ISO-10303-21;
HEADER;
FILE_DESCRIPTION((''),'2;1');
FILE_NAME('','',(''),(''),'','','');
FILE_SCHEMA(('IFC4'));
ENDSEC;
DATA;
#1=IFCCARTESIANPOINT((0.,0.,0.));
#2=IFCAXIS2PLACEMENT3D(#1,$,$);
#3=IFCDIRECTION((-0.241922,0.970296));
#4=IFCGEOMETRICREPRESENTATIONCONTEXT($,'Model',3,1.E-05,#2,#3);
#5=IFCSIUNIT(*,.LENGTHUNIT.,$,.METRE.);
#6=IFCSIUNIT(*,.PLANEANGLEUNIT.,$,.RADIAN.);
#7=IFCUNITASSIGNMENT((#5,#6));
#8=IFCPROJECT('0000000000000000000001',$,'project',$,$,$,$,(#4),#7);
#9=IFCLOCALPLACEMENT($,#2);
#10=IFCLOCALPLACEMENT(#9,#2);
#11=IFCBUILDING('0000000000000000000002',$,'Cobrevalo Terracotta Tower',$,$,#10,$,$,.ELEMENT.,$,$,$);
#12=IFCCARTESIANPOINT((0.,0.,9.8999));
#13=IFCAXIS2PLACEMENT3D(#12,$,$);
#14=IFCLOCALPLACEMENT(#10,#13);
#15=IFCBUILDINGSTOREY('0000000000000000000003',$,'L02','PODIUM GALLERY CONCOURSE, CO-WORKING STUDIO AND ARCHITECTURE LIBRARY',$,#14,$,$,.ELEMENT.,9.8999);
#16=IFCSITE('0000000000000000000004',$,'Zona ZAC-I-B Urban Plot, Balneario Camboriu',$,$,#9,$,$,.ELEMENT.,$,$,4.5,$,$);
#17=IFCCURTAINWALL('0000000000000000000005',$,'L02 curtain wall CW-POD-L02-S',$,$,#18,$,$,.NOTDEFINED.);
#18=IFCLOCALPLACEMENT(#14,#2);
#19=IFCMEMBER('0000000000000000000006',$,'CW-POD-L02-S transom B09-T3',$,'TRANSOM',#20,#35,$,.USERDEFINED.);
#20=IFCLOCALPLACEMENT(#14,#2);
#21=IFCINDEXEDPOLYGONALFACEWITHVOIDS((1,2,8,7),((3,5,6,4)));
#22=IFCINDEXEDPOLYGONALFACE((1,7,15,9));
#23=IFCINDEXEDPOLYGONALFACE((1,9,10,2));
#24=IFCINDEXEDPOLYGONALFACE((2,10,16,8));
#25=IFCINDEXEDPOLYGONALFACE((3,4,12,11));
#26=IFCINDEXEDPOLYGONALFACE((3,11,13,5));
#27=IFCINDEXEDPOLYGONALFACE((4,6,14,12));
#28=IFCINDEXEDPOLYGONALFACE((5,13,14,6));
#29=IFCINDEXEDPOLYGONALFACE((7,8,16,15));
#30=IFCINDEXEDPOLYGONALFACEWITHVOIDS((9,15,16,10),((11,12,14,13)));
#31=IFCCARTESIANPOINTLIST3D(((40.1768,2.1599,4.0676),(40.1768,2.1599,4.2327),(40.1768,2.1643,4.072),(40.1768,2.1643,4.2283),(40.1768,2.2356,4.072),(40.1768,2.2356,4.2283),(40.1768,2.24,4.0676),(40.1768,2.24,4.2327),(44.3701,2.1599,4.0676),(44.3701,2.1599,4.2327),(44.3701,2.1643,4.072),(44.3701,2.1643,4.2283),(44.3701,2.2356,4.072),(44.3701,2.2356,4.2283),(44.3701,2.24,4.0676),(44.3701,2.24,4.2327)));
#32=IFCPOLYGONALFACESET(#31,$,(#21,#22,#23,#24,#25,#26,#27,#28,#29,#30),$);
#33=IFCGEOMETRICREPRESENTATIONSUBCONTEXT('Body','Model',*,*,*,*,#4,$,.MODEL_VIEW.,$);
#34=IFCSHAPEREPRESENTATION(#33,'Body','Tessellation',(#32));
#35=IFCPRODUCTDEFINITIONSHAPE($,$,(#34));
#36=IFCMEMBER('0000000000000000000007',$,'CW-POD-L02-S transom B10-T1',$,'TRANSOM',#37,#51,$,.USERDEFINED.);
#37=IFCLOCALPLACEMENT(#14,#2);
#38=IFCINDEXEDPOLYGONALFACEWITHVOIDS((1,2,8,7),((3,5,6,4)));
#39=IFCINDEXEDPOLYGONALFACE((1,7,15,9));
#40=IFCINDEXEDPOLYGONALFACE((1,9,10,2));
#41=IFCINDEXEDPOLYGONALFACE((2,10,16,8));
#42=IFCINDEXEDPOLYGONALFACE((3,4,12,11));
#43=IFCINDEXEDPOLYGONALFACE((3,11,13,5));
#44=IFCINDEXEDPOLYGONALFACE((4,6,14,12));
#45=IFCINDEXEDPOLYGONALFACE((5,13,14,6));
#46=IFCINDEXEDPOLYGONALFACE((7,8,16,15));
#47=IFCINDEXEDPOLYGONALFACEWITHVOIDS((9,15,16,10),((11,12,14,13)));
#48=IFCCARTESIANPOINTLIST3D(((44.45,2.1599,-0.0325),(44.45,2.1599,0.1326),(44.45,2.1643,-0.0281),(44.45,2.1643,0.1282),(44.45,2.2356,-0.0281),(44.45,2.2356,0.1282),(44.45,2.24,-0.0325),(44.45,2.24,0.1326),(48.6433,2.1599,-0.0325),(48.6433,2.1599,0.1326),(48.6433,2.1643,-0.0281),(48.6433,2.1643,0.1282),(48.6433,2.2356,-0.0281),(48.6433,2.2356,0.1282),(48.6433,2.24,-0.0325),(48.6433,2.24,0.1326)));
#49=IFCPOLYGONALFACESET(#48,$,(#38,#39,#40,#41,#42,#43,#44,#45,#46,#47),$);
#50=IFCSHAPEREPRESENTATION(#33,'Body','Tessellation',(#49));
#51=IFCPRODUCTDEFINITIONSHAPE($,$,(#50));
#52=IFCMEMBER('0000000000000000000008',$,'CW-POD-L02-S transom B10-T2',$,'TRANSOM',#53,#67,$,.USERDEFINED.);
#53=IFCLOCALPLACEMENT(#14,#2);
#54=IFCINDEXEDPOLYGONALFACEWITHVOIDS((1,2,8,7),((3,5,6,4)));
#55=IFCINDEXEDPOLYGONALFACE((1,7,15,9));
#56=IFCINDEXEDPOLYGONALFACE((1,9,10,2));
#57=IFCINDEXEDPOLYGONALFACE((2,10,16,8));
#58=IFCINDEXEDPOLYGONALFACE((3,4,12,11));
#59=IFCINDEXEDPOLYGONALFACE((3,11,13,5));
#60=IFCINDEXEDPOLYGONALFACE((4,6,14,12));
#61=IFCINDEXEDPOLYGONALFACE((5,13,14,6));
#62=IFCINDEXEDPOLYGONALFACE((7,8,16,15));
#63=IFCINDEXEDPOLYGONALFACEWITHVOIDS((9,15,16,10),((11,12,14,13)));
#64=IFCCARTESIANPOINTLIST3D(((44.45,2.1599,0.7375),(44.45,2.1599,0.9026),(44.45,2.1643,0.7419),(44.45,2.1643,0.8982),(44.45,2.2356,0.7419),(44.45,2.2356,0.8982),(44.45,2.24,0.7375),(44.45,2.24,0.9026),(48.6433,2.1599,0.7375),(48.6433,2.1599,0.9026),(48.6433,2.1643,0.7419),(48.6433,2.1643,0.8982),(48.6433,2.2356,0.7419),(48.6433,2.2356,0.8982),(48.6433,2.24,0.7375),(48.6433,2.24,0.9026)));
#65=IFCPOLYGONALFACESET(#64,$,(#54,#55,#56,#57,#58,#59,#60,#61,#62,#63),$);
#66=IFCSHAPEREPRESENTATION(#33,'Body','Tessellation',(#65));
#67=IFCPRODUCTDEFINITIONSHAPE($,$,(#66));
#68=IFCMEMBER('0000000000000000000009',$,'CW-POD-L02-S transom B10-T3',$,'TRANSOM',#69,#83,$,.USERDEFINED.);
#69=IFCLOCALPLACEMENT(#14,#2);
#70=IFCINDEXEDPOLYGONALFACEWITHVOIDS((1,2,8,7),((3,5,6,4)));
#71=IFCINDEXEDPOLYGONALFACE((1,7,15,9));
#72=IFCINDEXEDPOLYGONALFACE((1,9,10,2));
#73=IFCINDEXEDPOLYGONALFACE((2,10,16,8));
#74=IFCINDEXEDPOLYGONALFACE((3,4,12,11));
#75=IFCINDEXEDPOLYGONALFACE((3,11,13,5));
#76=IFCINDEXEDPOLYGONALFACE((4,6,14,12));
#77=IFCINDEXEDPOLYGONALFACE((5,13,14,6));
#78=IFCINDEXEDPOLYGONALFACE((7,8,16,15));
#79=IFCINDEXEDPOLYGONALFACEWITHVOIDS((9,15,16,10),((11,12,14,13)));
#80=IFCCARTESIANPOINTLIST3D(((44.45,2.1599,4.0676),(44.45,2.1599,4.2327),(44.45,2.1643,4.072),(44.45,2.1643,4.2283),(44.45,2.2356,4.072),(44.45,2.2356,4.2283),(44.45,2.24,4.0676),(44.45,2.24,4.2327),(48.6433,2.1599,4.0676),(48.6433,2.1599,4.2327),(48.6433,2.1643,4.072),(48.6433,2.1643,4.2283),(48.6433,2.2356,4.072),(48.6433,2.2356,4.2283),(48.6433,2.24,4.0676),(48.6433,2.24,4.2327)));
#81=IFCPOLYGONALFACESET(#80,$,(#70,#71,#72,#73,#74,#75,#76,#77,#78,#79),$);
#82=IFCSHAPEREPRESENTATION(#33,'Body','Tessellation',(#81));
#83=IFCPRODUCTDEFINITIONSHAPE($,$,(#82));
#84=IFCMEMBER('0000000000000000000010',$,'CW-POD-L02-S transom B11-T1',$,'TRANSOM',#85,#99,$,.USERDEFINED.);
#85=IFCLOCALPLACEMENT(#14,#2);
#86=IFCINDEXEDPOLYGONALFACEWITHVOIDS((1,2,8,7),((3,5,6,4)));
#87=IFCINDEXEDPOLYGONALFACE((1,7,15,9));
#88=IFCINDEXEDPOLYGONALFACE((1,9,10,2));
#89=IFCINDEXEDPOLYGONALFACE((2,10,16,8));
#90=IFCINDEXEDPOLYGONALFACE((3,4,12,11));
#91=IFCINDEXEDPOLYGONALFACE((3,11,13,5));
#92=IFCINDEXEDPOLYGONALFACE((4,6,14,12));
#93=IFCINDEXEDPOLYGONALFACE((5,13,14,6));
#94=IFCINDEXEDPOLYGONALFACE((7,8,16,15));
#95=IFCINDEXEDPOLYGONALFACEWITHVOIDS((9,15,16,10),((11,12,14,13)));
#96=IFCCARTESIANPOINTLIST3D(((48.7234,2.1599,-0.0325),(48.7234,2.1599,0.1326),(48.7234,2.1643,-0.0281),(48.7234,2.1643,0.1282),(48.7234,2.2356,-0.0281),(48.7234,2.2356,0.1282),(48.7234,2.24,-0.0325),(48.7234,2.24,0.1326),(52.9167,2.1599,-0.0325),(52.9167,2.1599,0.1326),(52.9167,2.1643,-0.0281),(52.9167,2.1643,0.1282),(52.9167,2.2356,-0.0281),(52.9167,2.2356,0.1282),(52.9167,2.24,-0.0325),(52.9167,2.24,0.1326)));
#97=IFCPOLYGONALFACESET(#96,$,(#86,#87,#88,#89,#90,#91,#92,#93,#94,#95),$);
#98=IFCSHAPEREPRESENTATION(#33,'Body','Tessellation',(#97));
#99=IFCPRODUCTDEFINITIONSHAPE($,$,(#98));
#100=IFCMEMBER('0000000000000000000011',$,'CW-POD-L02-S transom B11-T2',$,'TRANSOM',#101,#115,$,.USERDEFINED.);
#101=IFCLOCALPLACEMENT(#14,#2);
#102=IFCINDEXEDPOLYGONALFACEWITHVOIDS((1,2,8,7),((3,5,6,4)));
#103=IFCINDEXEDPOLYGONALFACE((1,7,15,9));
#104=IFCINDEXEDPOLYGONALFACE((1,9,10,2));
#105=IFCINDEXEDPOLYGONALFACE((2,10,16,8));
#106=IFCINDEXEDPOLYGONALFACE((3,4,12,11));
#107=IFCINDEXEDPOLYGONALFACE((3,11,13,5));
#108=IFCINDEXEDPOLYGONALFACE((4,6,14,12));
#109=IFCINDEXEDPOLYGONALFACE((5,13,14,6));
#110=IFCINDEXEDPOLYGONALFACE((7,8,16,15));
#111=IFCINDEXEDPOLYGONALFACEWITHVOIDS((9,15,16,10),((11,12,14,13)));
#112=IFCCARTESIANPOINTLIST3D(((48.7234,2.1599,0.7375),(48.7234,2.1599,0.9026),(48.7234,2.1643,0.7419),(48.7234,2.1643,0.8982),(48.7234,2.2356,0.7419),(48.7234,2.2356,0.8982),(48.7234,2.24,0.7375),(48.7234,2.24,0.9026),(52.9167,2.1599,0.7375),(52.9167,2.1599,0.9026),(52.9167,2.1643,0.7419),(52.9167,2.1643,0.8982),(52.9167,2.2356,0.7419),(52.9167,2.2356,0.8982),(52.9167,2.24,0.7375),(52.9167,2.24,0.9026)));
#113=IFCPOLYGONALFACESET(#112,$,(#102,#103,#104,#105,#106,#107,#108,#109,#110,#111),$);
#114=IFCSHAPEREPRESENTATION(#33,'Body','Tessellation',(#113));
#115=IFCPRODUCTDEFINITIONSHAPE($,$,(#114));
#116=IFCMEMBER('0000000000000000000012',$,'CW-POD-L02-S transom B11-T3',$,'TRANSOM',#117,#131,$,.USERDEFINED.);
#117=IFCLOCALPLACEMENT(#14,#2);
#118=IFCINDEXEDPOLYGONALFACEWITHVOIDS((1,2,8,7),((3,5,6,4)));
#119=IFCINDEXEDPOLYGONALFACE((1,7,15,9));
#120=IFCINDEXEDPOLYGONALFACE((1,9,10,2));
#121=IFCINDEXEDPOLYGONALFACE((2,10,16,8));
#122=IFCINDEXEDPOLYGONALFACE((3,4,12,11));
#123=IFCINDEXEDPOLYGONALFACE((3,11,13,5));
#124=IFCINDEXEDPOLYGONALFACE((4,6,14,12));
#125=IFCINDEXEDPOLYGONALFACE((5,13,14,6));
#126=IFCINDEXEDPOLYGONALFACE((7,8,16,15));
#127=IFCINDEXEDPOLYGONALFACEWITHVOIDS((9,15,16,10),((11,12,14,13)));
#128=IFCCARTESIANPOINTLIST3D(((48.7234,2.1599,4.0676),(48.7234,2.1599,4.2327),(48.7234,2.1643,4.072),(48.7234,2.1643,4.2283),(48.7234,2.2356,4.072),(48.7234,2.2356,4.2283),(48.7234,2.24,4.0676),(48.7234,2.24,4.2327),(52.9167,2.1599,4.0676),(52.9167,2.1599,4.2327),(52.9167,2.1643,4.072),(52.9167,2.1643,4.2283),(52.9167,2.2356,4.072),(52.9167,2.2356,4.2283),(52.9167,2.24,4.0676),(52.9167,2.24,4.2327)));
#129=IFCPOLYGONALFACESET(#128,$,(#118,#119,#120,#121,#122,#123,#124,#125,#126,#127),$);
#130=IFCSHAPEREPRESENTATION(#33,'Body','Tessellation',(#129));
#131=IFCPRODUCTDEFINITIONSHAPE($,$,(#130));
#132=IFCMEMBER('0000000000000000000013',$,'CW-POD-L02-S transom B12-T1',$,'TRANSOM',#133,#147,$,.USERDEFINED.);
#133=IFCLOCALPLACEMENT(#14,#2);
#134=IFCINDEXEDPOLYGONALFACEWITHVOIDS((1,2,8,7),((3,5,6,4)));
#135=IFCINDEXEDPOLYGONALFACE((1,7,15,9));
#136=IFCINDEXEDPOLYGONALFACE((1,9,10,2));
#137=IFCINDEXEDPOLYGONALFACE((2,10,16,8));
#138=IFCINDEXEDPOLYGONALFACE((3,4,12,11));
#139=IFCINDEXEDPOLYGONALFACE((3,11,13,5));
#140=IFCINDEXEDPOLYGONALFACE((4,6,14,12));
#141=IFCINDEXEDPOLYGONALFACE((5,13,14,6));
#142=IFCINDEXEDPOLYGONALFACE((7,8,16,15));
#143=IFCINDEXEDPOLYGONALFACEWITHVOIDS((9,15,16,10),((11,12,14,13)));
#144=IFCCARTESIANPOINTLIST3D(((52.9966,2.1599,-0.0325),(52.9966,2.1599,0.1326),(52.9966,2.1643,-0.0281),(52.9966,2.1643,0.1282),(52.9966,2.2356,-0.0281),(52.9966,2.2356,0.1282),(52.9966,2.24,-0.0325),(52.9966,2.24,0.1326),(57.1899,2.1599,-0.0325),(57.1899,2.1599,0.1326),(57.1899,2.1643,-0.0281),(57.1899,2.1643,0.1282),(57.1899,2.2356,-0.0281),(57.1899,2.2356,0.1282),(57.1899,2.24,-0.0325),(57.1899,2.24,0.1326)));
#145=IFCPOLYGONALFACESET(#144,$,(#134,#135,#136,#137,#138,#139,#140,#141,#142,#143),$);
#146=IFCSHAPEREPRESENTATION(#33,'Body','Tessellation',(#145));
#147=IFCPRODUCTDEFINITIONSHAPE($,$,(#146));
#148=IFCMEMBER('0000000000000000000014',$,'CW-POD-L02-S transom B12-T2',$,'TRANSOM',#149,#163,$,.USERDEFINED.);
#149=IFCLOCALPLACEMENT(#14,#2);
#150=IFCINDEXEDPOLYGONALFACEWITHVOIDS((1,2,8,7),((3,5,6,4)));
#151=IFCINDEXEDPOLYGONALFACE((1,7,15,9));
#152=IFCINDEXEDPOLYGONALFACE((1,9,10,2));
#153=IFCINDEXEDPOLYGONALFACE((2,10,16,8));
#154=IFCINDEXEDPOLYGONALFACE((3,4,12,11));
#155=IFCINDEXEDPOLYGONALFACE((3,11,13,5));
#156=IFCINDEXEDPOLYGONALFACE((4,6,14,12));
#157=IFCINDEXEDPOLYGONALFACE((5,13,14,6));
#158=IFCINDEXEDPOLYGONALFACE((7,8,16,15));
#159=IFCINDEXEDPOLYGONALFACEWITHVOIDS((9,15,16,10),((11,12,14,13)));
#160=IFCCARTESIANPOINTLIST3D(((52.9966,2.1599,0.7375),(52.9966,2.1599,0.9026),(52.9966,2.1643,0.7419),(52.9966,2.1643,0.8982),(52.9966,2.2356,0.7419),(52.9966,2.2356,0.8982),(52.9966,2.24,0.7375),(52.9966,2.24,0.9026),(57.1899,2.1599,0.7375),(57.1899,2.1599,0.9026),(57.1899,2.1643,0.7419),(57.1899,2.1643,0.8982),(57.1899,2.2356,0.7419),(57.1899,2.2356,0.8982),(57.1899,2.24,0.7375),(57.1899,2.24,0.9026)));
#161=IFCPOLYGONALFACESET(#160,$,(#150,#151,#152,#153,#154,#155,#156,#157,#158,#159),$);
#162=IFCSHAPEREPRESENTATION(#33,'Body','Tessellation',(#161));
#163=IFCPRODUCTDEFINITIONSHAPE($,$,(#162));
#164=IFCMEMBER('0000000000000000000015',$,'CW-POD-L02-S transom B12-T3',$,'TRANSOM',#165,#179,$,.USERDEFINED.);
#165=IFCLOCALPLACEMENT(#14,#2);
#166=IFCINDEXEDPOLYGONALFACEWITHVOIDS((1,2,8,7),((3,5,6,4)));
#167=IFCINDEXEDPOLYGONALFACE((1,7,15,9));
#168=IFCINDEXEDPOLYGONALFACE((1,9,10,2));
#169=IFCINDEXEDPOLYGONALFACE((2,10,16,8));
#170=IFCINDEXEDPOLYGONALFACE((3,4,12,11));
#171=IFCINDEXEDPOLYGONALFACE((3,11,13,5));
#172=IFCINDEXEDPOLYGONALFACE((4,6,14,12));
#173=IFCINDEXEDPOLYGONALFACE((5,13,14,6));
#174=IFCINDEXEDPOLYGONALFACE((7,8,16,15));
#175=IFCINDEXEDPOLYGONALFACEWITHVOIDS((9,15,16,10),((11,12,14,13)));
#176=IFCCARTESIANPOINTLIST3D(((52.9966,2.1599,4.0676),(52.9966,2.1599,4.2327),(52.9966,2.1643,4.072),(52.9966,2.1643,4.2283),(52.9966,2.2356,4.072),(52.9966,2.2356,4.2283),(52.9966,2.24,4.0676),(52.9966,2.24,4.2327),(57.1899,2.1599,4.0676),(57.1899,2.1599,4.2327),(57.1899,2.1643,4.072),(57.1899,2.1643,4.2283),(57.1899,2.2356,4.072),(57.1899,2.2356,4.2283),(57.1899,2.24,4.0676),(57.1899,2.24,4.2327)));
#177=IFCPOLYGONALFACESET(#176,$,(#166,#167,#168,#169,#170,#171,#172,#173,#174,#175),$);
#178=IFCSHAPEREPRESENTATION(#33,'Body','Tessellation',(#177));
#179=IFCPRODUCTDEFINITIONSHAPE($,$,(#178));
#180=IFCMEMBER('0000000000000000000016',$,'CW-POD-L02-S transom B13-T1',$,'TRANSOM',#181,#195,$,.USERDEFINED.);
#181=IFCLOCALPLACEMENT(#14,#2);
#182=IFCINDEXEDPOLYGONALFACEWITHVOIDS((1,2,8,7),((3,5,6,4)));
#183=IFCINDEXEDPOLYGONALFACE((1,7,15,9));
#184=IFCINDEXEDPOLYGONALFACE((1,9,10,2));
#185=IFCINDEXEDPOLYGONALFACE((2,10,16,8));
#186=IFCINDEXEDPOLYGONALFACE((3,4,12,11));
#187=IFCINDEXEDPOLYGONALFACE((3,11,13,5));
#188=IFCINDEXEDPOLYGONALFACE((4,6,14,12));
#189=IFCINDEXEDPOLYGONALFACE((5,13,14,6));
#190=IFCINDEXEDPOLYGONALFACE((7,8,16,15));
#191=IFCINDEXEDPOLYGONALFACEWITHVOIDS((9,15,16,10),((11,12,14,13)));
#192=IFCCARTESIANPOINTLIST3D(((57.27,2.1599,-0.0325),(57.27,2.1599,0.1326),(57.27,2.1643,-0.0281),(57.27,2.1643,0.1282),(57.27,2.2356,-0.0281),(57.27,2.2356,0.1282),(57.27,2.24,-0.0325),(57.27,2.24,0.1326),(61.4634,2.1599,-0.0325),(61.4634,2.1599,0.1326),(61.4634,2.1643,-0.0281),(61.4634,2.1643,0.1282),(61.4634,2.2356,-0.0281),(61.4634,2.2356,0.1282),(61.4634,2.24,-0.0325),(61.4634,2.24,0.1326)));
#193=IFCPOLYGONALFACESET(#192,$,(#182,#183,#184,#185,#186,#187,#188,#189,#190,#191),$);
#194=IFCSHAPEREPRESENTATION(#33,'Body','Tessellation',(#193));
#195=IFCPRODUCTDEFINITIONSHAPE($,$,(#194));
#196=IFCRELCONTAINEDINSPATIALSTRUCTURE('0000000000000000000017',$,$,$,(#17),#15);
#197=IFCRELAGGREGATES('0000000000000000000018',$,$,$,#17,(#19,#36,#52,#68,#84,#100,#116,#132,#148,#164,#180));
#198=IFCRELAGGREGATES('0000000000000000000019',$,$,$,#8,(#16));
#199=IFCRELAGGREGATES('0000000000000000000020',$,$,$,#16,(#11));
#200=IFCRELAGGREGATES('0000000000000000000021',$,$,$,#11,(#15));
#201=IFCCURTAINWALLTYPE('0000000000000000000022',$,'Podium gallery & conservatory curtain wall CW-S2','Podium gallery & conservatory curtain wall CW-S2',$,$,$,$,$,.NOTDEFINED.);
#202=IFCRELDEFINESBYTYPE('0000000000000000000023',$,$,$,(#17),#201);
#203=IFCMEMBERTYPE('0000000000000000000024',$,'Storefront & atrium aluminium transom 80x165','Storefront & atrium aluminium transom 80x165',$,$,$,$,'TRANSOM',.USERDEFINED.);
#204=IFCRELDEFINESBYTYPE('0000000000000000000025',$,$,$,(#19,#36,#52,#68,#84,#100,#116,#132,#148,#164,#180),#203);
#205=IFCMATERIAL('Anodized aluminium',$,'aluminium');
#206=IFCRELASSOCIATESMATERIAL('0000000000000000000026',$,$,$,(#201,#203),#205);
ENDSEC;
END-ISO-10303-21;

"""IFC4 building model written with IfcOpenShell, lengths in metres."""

from ifc_helpers import new_model, si_unit, direction, frame, origin, origin_2d, place, context, subcontext, project, spatial, hollow_rectangle, extrude, source, transform, mapped, material, material_profile, profile_set, type_object, element, aggregate, save


model = new_model("IFC4")

# Units and contexts
model_context = context("Model", 3, precision=1e-05, world=origin(), true_north=direction((-0.241922, 0.970296)))
body_context = subcontext(model_context, "Body", "Model", "MODEL_VIEW")
ifc_project = project(units=[si_unit("LENGTHUNIT", "METRE"), si_unit("PLANEANGLEUNIT", "RADIAN")], contexts=[model_context])

# Site, building, storey
site_placement = place(None, origin())
site = spatial("IfcSite", under=ifc_project, at=site_placement, Name="Zona ZAC-I-B Urban Plot, Balneario Camboriu", CompositionType="ELEMENT", RefElevation=4.5)
building_placement = place(site_placement, origin())
building = spatial("IfcBuilding", under=site, at=building_placement, Name="Cobrevalo Terracotta Tower", CompositionType="ELEMENT")
storey_placement = place(building_placement, frame((0.0, 0.0, 9.8999)))
storey = spatial("IfcBuildingStorey", under=building, at=storey_placement, Name="L02", Description="PODIUM GALLERY CONCOURSE, CO-WORKING STUDIO AND ARCHITECTURE LIBRARY", CompositionType="ELEMENT", Elevation=9.8999)

# Curtain wall, members
ifc_material_1 = material(Name="Anodized aluminium", Category="aluminium")
curtain_wall_type = type_object("IfcCurtainWallType", Name="Podium gallery & conservatory curtain wall CW-S2", Description="Podium gallery & conservatory curtain wall CW-S2", PredefinedType="NOTDEFINED", material=ifc_material_1)
curtain_wall_placement = place(storey_placement, origin())
curtain_wall = element("IfcCurtainWall", 1, at=curtain_wall_placement, inside=storey, type_object=curtain_wall_type, Name="L02 curtain wall CW-POD-L02-S", PredefinedType="NOTDEFINED")
ifc_material_profile_1 = material_profile(ifc_material_1, hollow_rectangle(XDim=0.0801, YDim=0.165, WallThickness=0.0044, at=origin_2d()), Name="CWT 80x165")
ifc_profile_set_1 = profile_set([ifc_material_profile_1], Name="Anodized aluminium")
member_type_1 = type_object("IfcMemberType", Name="Storefront & atrium aluminium transom 80x165", Description="Storefront & atrium aluminium transom 80x165", ElementType="TRANSOM", PredefinedType="USERDEFINED", material=ifc_profile_set_1)
shared_shape_1 = source(origin(), body_context, "Body", "SweptSolid", [
    extrude(hollow_rectangle(XDim=0.0801, YDim=0.165, WallThickness=0.0044, at=origin_2d()), origin(), (0.0, 0.0, 1.0), 4.1934),
])
member_1_placement = place(storey_placement, frame((40.1768, 2.2, 4.1501), z_axis=(1.0, 0.0, 0.0), x_axis=(0.0, 1.0, 0.0)))
member_1 = element("IfcMember", 2, at=member_1_placement, type_object=member_type_1, Name="CW-POD-L02-S transom B09-T3", ObjectType="TRANSOM", PredefinedType="USERDEFINED", context=body_context, shape_type="MappedRepresentation", body=[
    mapped(shared_shape_1, transform((0.0, 0.0, 0.0), scale=1.0)),
])
member_2_placement = place(storey_placement, frame((44.45, 2.2, 0.05), z_axis=(1.0, 0.0, 0.0), x_axis=(0.0, 1.0, 0.0)))
member_2 = element("IfcMember", 3, at=member_2_placement, type_object=member_type_1, Name="CW-POD-L02-S transom B10-T1", ObjectType="TRANSOM", PredefinedType="USERDEFINED", context=body_context, shape_type="MappedRepresentation", body=[
    mapped(shared_shape_1, transform((0.0, 0.0, 0.0), scale=1.0)),
])
member_3_placement = place(storey_placement, frame((44.45, 2.2, 0.8201), z_axis=(1.0, 0.0, 0.0), x_axis=(0.0, 1.0, 0.0)))
member_3 = element("IfcMember", 4, at=member_3_placement, type_object=member_type_1, Name="CW-POD-L02-S transom B10-T2", ObjectType="TRANSOM", PredefinedType="USERDEFINED", context=body_context, shape_type="MappedRepresentation", body=[
    mapped(shared_shape_1, transform((0.0, 0.0, 0.0), scale=1.0)),
])
member_4_placement = place(storey_placement, frame((44.45, 2.2, 4.1501), z_axis=(1.0, 0.0, 0.0), x_axis=(0.0, 1.0, 0.0)))
member_4 = element("IfcMember", 5, at=member_4_placement, type_object=member_type_1, Name="CW-POD-L02-S transom B10-T3", ObjectType="TRANSOM", PredefinedType="USERDEFINED", context=body_context, shape_type="MappedRepresentation", body=[
    mapped(shared_shape_1, transform((0.0, 0.0, 0.0), scale=1.0)),
])
member_5_placement = place(storey_placement, frame((48.7234, 2.2, 0.05), z_axis=(1.0, 0.0, 0.0), x_axis=(0.0, 1.0, 0.0)))
member_5 = element("IfcMember", 6, at=member_5_placement, type_object=member_type_1, Name="CW-POD-L02-S transom B11-T1", ObjectType="TRANSOM", PredefinedType="USERDEFINED", context=body_context, shape_type="MappedRepresentation", body=[
    mapped(shared_shape_1, transform((0.0, 0.0, 0.0), scale=1.0)),
])
member_6_placement = place(storey_placement, frame((48.7234, 2.2, 0.8201), z_axis=(1.0, 0.0, 0.0), x_axis=(0.0, 1.0, 0.0)))
member_6 = element("IfcMember", 7, at=member_6_placement, type_object=member_type_1, Name="CW-POD-L02-S transom B11-T2", ObjectType="TRANSOM", PredefinedType="USERDEFINED", context=body_context, shape_type="MappedRepresentation", body=[
    mapped(shared_shape_1, transform((0.0, 0.0, 0.0), scale=1.0)),
])
member_7_placement = place(storey_placement, frame((48.7234, 2.2, 4.1501), z_axis=(1.0, 0.0, 0.0), x_axis=(0.0, 1.0, 0.0)))
member_7 = element("IfcMember", 8, at=member_7_placement, type_object=member_type_1, Name="CW-POD-L02-S transom B11-T3", ObjectType="TRANSOM", PredefinedType="USERDEFINED", context=body_context, shape_type="MappedRepresentation", body=[
    mapped(shared_shape_1, transform((0.0, 0.0, 0.0), scale=1.0)),
])
member_8_placement = place(storey_placement, frame((52.9966, 2.2, 0.05), z_axis=(1.0, 0.0, 0.0), x_axis=(0.0, 1.0, 0.0)))
member_8 = element("IfcMember", 9, at=member_8_placement, type_object=member_type_1, Name="CW-POD-L02-S transom B12-T1", ObjectType="TRANSOM", PredefinedType="USERDEFINED", context=body_context, shape_type="MappedRepresentation", body=[
    mapped(shared_shape_1, transform((0.0, 0.0, 0.0), scale=1.0)),
])
member_9_placement = place(storey_placement, frame((52.9966, 2.2, 0.8201), z_axis=(1.0, 0.0, 0.0), x_axis=(0.0, 1.0, 0.0)))
member_9 = element("IfcMember", 10, at=member_9_placement, type_object=member_type_1, Name="CW-POD-L02-S transom B12-T2", ObjectType="TRANSOM", PredefinedType="USERDEFINED", context=body_context, shape_type="MappedRepresentation", body=[
    mapped(shared_shape_1, transform((0.0, 0.0, 0.0), scale=1.0)),
])
member_10_placement = place(storey_placement, frame((52.9966, 2.2, 4.1501), z_axis=(1.0, 0.0, 0.0), x_axis=(0.0, 1.0, 0.0)))
member_10 = element("IfcMember", 11, at=member_10_placement, type_object=member_type_1, Name="CW-POD-L02-S transom B12-T3", ObjectType="TRANSOM", PredefinedType="USERDEFINED", context=body_context, shape_type="MappedRepresentation", body=[
    mapped(shared_shape_1, transform((0.0, 0.0, 0.0), scale=1.0)),
])
member_11_placement = place(storey_placement, frame((57.27, 2.2, 0.05), z_axis=(1.0, 0.0, 0.0), x_axis=(0.0, 1.0, 0.0)))
member_11 = element("IfcMember", 12, at=member_11_placement, type_object=member_type_1, Name="CW-POD-L02-S transom B13-T1", ObjectType="TRANSOM", PredefinedType="USERDEFINED", context=body_context, shape_type="MappedRepresentation", body=[
    mapped(shared_shape_1, transform((0.0, 0.0, 0.0), scale=1.0)),
])
aggregate(curtain_wall, [member_1, member_2, member_3, member_4, member_5, member_6, member_7, member_8, member_9, member_10, member_11])

save(model, "model.ifc")
